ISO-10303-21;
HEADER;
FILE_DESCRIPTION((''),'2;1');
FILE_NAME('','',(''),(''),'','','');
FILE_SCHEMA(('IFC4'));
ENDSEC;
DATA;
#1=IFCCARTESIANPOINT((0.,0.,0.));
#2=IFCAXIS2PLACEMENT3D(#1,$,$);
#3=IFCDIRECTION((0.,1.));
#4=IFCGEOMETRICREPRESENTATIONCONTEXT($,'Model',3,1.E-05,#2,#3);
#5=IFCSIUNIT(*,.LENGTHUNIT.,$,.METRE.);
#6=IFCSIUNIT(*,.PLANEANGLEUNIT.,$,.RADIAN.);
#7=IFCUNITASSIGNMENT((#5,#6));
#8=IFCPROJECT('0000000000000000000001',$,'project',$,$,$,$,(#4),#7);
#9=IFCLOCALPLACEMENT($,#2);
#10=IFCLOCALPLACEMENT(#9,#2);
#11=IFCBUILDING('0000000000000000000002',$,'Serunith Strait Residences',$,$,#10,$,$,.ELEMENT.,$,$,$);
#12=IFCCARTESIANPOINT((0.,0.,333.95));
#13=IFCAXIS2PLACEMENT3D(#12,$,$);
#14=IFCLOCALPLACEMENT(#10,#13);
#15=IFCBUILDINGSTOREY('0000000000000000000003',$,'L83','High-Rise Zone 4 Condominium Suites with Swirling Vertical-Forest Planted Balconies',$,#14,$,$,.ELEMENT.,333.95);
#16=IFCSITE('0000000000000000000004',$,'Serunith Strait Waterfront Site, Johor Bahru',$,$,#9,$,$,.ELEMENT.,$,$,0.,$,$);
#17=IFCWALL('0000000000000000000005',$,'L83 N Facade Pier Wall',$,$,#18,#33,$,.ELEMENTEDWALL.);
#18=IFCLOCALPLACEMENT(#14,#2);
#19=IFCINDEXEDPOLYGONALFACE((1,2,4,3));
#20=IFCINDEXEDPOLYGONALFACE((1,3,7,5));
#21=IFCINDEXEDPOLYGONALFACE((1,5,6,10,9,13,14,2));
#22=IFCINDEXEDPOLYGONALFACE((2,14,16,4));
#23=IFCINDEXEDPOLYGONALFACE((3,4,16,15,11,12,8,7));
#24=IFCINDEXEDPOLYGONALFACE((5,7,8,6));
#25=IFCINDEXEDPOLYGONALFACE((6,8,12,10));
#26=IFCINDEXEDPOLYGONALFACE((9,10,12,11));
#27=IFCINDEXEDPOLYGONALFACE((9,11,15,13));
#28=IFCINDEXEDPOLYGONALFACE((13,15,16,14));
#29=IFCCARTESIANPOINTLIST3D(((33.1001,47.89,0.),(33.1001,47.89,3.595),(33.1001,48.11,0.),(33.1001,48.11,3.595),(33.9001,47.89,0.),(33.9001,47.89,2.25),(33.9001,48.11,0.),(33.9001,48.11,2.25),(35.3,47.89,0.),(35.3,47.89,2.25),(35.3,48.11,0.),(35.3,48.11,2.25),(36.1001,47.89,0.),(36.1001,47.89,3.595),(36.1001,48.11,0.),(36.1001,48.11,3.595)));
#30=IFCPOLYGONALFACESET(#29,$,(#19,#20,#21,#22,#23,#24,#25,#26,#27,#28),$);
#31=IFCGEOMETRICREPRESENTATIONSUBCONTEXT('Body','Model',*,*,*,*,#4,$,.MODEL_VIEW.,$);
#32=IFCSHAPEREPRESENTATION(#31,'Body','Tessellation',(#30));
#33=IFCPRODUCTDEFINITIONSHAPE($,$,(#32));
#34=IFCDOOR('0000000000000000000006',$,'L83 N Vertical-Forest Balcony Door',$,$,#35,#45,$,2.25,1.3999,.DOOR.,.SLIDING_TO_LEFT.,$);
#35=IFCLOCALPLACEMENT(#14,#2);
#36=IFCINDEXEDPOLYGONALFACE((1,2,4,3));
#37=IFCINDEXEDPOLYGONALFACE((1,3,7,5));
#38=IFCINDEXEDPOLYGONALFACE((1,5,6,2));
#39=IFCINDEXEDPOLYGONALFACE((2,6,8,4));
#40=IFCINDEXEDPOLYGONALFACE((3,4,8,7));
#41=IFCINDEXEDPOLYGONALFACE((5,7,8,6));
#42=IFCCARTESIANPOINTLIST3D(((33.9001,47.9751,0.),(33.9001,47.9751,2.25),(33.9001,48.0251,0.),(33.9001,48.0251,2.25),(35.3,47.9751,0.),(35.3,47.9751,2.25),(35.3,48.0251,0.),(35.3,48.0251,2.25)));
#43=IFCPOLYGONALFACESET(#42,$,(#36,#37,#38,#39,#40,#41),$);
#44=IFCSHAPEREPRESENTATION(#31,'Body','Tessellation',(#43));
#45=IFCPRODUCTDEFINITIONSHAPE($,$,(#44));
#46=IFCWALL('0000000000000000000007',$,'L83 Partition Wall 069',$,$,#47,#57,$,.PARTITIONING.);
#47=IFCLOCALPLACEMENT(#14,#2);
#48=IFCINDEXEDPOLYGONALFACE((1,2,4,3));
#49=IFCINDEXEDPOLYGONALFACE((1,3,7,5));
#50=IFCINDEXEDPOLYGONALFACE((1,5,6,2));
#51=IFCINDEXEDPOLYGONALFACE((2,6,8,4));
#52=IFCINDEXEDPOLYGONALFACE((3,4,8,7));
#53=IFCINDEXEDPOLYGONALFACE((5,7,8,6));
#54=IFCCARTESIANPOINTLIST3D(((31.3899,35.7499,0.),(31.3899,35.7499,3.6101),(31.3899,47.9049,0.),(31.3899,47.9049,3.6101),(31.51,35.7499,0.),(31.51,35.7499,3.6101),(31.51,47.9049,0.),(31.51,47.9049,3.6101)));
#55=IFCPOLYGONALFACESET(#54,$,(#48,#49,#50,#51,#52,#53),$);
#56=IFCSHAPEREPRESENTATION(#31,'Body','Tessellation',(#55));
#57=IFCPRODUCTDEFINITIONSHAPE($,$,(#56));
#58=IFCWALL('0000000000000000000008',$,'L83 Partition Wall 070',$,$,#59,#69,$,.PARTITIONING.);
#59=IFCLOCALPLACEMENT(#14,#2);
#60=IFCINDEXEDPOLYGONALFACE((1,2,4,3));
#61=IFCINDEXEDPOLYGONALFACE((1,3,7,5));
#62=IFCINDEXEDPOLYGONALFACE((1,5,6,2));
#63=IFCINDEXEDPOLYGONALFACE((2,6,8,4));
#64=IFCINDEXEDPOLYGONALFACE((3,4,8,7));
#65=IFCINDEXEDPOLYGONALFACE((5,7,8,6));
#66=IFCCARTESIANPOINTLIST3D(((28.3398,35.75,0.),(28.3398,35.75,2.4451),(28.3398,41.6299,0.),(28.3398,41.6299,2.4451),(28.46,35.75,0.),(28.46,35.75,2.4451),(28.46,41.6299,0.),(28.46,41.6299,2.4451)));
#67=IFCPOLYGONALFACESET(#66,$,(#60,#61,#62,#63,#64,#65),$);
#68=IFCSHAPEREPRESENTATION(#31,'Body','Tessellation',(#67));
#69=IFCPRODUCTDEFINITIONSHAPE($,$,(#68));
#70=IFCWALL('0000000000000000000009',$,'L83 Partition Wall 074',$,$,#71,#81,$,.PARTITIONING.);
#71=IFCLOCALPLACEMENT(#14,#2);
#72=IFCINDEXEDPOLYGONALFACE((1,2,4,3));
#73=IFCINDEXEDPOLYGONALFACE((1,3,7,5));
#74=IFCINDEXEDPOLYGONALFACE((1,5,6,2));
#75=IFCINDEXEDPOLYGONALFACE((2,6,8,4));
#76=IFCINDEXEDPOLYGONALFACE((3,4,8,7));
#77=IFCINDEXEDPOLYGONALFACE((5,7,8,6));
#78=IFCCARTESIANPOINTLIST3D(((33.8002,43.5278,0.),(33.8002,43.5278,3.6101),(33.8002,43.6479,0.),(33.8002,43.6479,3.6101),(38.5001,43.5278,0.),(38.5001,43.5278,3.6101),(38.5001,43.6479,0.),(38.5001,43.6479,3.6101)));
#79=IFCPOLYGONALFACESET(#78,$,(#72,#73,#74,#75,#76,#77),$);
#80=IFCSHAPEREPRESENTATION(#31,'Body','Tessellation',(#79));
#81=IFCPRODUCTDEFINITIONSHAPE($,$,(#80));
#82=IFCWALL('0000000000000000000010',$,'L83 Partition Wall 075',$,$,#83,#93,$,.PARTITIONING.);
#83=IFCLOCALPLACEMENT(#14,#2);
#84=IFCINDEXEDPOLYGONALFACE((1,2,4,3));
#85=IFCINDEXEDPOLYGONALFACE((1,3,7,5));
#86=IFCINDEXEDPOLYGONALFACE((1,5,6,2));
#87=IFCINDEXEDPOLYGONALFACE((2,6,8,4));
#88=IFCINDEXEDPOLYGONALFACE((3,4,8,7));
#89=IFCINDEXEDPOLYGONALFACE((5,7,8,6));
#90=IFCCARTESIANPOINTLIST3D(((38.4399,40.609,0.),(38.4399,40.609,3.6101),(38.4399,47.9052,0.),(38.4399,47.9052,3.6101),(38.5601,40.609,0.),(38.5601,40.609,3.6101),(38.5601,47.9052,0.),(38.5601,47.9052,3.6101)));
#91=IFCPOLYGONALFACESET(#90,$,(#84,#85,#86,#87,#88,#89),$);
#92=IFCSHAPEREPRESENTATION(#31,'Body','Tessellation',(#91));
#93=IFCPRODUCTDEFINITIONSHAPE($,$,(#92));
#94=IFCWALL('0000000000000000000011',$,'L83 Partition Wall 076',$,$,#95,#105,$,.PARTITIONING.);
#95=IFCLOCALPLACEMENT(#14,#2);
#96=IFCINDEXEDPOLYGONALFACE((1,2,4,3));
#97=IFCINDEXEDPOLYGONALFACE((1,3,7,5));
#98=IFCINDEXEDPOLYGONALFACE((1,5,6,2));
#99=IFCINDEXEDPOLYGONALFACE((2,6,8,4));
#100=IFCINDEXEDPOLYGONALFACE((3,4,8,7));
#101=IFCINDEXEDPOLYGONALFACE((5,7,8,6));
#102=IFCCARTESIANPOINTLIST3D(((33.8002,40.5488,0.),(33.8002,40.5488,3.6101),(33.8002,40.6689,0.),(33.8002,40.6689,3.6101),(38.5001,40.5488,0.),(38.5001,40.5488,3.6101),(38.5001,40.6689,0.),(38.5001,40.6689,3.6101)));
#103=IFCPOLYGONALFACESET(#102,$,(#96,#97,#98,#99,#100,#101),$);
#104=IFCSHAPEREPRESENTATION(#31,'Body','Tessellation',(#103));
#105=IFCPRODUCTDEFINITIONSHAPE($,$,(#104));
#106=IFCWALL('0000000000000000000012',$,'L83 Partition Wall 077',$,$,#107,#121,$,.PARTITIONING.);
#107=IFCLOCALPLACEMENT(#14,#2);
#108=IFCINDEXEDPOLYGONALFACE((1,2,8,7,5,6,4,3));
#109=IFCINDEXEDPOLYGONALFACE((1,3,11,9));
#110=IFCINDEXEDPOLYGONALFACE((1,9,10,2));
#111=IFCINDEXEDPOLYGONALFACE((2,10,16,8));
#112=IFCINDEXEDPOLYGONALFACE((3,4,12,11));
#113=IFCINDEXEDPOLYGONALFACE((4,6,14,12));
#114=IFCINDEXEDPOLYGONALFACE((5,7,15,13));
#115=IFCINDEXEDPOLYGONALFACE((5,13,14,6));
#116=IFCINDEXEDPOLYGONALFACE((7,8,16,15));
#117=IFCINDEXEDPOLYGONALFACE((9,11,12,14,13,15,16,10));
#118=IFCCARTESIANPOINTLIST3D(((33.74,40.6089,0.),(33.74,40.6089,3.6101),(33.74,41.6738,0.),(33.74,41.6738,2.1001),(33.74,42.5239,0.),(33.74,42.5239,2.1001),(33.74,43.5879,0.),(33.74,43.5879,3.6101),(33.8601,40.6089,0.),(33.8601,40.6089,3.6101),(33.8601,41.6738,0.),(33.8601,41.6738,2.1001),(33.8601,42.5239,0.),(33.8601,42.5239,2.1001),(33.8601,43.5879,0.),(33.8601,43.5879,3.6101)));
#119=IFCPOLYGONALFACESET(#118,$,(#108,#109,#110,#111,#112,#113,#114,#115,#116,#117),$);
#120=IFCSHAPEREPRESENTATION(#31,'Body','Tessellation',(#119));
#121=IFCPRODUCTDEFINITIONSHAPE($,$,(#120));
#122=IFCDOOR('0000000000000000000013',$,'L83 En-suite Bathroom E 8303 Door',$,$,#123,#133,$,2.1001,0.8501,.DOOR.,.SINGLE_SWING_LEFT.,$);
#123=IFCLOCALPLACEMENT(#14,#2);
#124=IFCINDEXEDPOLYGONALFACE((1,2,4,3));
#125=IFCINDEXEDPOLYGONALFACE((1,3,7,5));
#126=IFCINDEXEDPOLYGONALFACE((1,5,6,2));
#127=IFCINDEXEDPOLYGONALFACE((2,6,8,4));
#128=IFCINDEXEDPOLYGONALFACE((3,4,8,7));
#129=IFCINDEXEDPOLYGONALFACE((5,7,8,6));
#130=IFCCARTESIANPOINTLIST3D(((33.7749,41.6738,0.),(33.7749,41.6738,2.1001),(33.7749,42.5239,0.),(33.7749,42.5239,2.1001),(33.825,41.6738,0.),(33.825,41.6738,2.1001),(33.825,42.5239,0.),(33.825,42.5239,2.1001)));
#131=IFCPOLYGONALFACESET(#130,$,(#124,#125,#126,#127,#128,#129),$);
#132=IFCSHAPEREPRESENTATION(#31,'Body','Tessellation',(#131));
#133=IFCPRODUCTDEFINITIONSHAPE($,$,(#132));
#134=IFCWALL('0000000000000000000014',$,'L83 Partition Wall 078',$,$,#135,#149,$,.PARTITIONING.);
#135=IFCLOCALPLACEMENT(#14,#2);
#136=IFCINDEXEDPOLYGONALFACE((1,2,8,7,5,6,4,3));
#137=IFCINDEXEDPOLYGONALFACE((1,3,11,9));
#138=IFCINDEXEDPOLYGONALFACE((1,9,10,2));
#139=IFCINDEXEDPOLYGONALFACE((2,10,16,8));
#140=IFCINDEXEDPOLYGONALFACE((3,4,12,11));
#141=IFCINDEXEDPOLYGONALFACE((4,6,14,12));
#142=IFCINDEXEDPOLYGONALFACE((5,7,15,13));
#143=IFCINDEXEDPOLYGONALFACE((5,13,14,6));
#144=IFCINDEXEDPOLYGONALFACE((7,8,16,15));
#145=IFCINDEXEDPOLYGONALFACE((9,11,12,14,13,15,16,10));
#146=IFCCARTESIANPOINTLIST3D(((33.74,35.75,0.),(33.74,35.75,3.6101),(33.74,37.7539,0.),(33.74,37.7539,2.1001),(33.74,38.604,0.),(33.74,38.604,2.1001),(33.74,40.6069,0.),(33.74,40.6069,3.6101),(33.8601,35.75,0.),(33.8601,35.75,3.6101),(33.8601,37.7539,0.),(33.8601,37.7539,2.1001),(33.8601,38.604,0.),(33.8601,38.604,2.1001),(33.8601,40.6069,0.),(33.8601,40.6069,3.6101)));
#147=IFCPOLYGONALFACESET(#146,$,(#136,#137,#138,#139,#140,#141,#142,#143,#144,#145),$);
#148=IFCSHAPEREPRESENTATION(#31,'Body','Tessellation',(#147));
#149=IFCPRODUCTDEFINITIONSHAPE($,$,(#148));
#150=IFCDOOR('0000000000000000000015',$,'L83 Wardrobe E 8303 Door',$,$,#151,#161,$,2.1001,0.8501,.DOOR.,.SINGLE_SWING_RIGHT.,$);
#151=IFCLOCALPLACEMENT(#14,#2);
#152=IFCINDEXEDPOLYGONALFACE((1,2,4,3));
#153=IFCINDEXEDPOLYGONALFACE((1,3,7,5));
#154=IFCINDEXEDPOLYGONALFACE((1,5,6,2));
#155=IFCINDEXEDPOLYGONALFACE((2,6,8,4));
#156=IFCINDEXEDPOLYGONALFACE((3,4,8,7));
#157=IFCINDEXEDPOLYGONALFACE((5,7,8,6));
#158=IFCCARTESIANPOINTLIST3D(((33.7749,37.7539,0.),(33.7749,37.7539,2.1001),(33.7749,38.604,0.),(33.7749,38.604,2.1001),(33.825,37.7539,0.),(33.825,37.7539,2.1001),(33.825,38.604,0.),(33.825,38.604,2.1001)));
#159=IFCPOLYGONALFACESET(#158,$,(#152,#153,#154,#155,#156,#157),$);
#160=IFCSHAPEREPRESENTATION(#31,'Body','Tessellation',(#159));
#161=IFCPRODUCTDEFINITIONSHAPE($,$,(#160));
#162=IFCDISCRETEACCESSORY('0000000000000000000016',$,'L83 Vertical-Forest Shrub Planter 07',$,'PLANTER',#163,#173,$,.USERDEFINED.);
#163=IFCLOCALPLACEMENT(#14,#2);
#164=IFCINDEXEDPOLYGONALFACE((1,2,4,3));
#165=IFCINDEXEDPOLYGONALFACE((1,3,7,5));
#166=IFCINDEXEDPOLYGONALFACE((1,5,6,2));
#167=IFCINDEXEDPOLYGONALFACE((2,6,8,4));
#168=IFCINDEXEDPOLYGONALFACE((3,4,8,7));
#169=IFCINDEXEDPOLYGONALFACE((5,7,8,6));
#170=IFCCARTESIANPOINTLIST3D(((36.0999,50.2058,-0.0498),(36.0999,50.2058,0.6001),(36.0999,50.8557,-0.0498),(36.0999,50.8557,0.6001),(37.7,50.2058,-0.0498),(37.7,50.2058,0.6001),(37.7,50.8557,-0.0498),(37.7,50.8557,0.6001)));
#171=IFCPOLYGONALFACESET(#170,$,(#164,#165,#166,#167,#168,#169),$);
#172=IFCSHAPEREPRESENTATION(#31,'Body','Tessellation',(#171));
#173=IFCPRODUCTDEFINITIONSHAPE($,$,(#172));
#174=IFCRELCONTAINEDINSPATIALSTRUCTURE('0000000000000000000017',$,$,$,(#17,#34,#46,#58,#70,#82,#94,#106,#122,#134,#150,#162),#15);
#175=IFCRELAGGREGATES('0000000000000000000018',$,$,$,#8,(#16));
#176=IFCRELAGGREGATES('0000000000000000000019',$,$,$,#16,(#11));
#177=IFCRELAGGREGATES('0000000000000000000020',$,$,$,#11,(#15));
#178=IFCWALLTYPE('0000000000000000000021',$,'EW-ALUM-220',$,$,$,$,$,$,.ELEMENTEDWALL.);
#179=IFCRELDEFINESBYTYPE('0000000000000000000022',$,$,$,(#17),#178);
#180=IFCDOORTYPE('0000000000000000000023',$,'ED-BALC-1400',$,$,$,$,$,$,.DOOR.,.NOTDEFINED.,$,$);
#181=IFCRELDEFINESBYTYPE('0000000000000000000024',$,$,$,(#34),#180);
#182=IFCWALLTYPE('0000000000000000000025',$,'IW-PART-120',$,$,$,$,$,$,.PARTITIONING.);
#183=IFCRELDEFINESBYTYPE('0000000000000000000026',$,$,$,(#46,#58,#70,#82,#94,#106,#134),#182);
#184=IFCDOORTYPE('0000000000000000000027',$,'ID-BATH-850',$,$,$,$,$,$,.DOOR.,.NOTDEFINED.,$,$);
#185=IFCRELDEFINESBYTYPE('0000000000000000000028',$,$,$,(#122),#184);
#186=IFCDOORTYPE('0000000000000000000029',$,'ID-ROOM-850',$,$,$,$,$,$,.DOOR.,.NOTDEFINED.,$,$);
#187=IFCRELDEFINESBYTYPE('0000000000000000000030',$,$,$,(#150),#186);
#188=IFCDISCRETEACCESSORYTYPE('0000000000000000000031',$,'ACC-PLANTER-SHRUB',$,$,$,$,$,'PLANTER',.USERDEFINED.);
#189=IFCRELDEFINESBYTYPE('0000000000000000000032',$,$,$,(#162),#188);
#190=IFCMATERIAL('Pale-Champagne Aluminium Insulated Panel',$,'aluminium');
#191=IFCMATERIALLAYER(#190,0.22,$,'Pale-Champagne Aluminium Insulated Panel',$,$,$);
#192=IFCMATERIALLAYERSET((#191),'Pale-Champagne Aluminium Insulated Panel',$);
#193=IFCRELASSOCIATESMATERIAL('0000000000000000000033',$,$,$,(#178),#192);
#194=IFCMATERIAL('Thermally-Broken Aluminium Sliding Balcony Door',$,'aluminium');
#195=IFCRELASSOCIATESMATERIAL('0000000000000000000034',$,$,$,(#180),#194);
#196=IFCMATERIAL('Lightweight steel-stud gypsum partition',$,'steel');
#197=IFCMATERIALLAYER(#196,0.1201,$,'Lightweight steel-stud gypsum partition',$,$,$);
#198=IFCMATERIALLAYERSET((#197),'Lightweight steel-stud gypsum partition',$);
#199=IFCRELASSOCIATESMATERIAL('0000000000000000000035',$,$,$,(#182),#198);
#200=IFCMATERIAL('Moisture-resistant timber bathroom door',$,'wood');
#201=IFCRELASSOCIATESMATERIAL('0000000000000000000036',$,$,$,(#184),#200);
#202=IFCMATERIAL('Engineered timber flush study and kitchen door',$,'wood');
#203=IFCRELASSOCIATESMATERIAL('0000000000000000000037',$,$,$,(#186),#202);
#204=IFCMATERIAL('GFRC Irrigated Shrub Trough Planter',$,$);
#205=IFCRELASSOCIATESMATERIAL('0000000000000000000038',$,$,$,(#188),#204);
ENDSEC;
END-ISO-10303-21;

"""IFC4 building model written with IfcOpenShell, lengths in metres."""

from ifc_helpers import new_model, si_unit, direction, frame, frame_2d, origin, origin_2d, place, context, subcontext, project, spatial, rectangle, extrude, source, transform, mapped, material, layer, layer_set, type_object, element, fill, save


model = new_model("IFC4")

# Units and contexts
model_context = context("Model", 3, precision=1e-05, world=origin(), true_north=direction((0.0, 1.0)))
body_context = subcontext(model_context, "Body", "Model", "MODEL_VIEW")
ifc_project = project(units=[si_unit("LENGTHUNIT", "METRE"), si_unit("PLANEANGLEUNIT", "RADIAN")], contexts=[model_context])

# Site, building, storey
site_placement = place(None, origin())
site = spatial("IfcSite", under=ifc_project, at=site_placement, Name="Serunith Strait Waterfront Site, Johor Bahru", CompositionType="ELEMENT", RefElevation=0.0)
building_placement = place(site_placement, origin())
building = spatial("IfcBuilding", under=site, at=building_placement, Name="Serunith Strait Residences", CompositionType="ELEMENT")
storey_placement = place(building_placement, frame((0.0, 0.0, 333.95)))
storey = spatial("IfcBuildingStorey", under=building, at=storey_placement, Name="L83", Description="High-Rise Zone 4 Condominium Suites with Swirling Vertical-Forest Planted Balconies", CompositionType="ELEMENT", Elevation=333.95)

# Wall, opening, door
ifc_material_1 = material(Name="Pale-Champagne Aluminium Insulated Panel", Category="aluminium")
ifc_layer_1 = layer(ifc_material_1, 0.22, Name="Pale-Champagne Aluminium Insulated Panel")
ifc_layer_set_1 = layer_set([ifc_layer_1], Name="Pale-Champagne Aluminium Insulated Panel")
wall_type_1 = type_object("IfcWallType", Name="EW-ALUM-220", PredefinedType="ELEMENTEDWALL", material=ifc_layer_set_1)
wall_1_placement = place(storey_placement, frame((36.1001, 48.0, 0.0), z_axis=(0.0, 0.0, 1.0), x_axis=(-1.0, 0.0, 0.0)))
wall_1 = element("IfcWall", 1, at=wall_1_placement, inside=storey, type_object=wall_type_1, Name="L83 N Facade Pier Wall", PredefinedType="ELEMENTEDWALL", context=body_context, shape_type="SweptSolid", body=[
    extrude(rectangle(XDim=3.0, YDim=0.22, at=frame_2d((1.5, 0.0))), origin(), (0.0, 0.0, 1.0), 3.595),
])
opening_1_placement = place(wall_1_placement, frame((0.8, 0.0, 0.0)))
opening_1 = element("IfcOpeningElement", 2, at=opening_1_placement, cuts=wall_1, PredefinedType="OPENING", context=body_context, shape_type="SweptSolid", body=[
    extrude(rectangle(XDim=1.3999, YDim=2.25, at=frame_2d((0.7, 1.125))), frame((0.0, 0.1201, 0.0), z_axis=(0.0, -1.0, 0.0), x_axis=(1.0, 0.0, 0.0)), (0.0, 0.0, 1.0), 0.24),
])
ifc_material_2 = material(Name="Thermally-Broken Aluminium Sliding Balcony Door", Category="aluminium")
door_type_1 = type_object("IfcDoorType", Name="ED-BALC-1400", OperationType="NOTDEFINED", PredefinedType="DOOR", material=ifc_material_2)
shared_shape_1 = source(origin(), body_context, "Body", "SweptSolid", [
    extrude(rectangle(XDim=1.3999, YDim=2.25, at=frame_2d((0.7, 1.125))), frame((0.0, 0.0249, 0.0), z_axis=(0.0, -1.0, 0.0), x_axis=(1.0, 0.0, 0.0)), (0.0, 0.0, 1.0), 0.05),
])
door_1_placement = place(opening_1_placement, origin())
door_1 = element("IfcDoor", 3, at=door_1_placement, inside=storey, type_object=door_type_1, Name="L83 N Vertical-Forest Balcony Door", OperationType="SLIDING_TO_LEFT", OverallHeight=2.25, OverallWidth=1.3999, PredefinedType="DOOR", context=body_context, shape_type="MappedRepresentation", body=[
    mapped(shared_shape_1, transform((0.0, 0.0, 0.0), scale=1.0)),
])
fill(opening_1, door_1)

# Walls
ifc_material_3 = material(Name="Lightweight steel-stud gypsum partition", Category="steel")
ifc_layer_2 = layer(ifc_material_3, 0.1201, Name="Lightweight steel-stud gypsum partition")
ifc_layer_set_2 = layer_set([ifc_layer_2], Name="Lightweight steel-stud gypsum partition")
wall_type_2 = type_object("IfcWallType", Name="IW-PART-120", PredefinedType="PARTITIONING", material=ifc_layer_set_2)
wall_2_placement = place(storey_placement, frame((31.45, 47.905, 0.0), z_axis=(0.0, 0.0, 1.0), x_axis=(0.0, -1.0, 0.0)))
element("IfcWall", 4, at=wall_2_placement, inside=storey, type_object=wall_type_2, Name="L83 Partition Wall 069", PredefinedType="PARTITIONING", context=body_context, shape_type="SweptSolid", body=[
    extrude(rectangle(XDim=12.155, YDim=0.1201, at=frame_2d((6.0776, 0.0))), origin(), (0.0, 0.0, 1.0), 3.6101),
])
wall_3_placement = place(storey_placement, frame((28.3999, 41.6299, 0.0), z_axis=(0.0, 0.0, 1.0), x_axis=(0.0, -1.0, 0.0)))
element("IfcWall", 5, at=wall_3_placement, inside=storey, type_object=wall_type_2, Name="L83 Partition Wall 070", PredefinedType="PARTITIONING", context=body_context, shape_type="SweptSolid", body=[
    extrude(rectangle(XDim=5.8799, YDim=0.1201, at=frame_2d((2.9399, 0.0))), origin(), (0.0, 0.0, 1.0), 2.4451),
])
wall_4_placement = place(storey_placement, frame((33.8, 43.5879, 0.0), z_axis=(0.0, 0.0, 1.0), x_axis=(1.0, 0.0, 0.0)))
element("IfcWall", 6, at=wall_4_placement, inside=storey, type_object=wall_type_2, Name="L83 Partition Wall 074", PredefinedType="PARTITIONING", context=body_context, shape_type="SweptSolid", body=[
    extrude(rectangle(XDim=4.7, YDim=0.1201, at=frame_2d((2.3501, 0.0))), origin(), (0.0, 0.0, 1.0), 3.6101),
])
wall_5_placement = place(storey_placement, frame((38.5, 47.905, 0.0), z_axis=(0.0, 0.0, 1.0), x_axis=(0.0, -1.0, 0.0)))
element("IfcWall", 7, at=wall_5_placement, inside=storey, type_object=wall_type_2, Name="L83 Partition Wall 075", PredefinedType="PARTITIONING", context=body_context, shape_type="SweptSolid", body=[
    extrude(rectangle(XDim=7.2961, YDim=0.1201, at=frame_2d((3.6479, 0.0))), origin(), (0.0, 0.0, 1.0), 3.6101),
])
wall_6_placement = place(storey_placement, frame((33.8, 40.6089, 0.0), z_axis=(0.0, 0.0, 1.0), x_axis=(1.0, 0.0, 0.0)))
element("IfcWall", 8, at=wall_6_placement, inside=storey, type_object=wall_type_2, Name="L83 Partition Wall 076", PredefinedType="PARTITIONING", context=body_context, shape_type="SweptSolid", body=[
    extrude(rectangle(XDim=4.7, YDim=0.1201, at=frame_2d((2.3501, 0.0))), origin(), (0.0, 0.0, 1.0), 3.6101),
])

# Walls, openings, doors
wall_7_placement = place(storey_placement, frame((33.8, 43.5879, 0.0), z_axis=(0.0, 0.0, 1.0), x_axis=(0.0, -1.0, 0.0)))
wall_7 = element("IfcWall", 9, at=wall_7_placement, inside=storey, type_object=wall_type_2, Name="L83 Partition Wall 077", PredefinedType="PARTITIONING", context=body_context, shape_type="SweptSolid", body=[
    extrude(rectangle(XDim=2.979, YDim=0.1201, at=frame_2d((1.4895, 0.0))), origin(), (0.0, 0.0, 1.0), 3.6101),
])
opening_2_placement = place(wall_7_placement, frame((1.064, 0.0, 0.0)))
opening_2 = element("IfcOpeningElement", 10, at=opening_2_placement, cuts=wall_7, PredefinedType="OPENING", context=body_context, shape_type="SweptSolid", body=[
    extrude(rectangle(XDim=0.8501, YDim=2.1001, at=frame_2d((0.425, 1.05))), frame((0.0, 0.0701, 0.0), z_axis=(0.0, -1.0, 0.0), x_axis=(1.0, 0.0, 0.0)), (0.0, 0.0, 1.0), 0.1401),
])
ifc_material_4 = material(Name="Moisture-resistant timber bathroom door", Category="wood")
door_type_2 = type_object("IfcDoorType", Name="ID-BATH-850", OperationType="NOTDEFINED", PredefinedType="DOOR", material=ifc_material_4)
shared_shape_2 = source(origin(), body_context, "Body", "SweptSolid", [
    extrude(rectangle(XDim=0.8501, YDim=2.1001, at=frame_2d((0.425, 1.05))), frame((0.0, 0.0249, 0.0), z_axis=(0.0, -1.0, 0.0), x_axis=(1.0, 0.0, 0.0)), (0.0, 0.0, 1.0), 0.05),
])
door_2_placement = place(opening_2_placement, origin())
door_2 = element("IfcDoor", 11, at=door_2_placement, inside=storey, type_object=door_type_2, Name="L83 En-suite Bathroom E 8303 Door", OperationType="SINGLE_SWING_LEFT", OverallHeight=2.1001, OverallWidth=0.8501, PredefinedType="DOOR", context=body_context, shape_type="MappedRepresentation", body=[
    mapped(shared_shape_2, transform((0.0, 0.0, 0.0), scale=1.0)),
])
fill(opening_2, door_2)
wall_8_placement = place(storey_placement, frame((33.8, 40.6069, 0.0), z_axis=(0.0, 0.0, 1.0), x_axis=(0.0, -1.0, 0.0)))
wall_8 = element("IfcWall", 12, at=wall_8_placement, inside=storey, type_object=wall_type_2, Name="L83 Partition Wall 078", PredefinedType="PARTITIONING", context=body_context, shape_type="SweptSolid", body=[
    extrude(rectangle(XDim=4.8569, YDim=0.1201, at=frame_2d((2.4285, 0.0))), origin(), (0.0, 0.0, 1.0), 3.6101),
])
opening_3_placement = place(wall_8_placement, frame((2.0029, 0.0, 0.0)))
opening_3 = element("IfcOpeningElement", 13, at=opening_3_placement, cuts=wall_8, PredefinedType="OPENING", context=body_context, shape_type="SweptSolid", body=[
    extrude(rectangle(XDim=0.8501, YDim=2.1001, at=frame_2d((0.425, 1.05))), frame((0.0, 0.0701, 0.0), z_axis=(0.0, -1.0, 0.0), x_axis=(1.0, 0.0, 0.0)), (0.0, 0.0, 1.0), 0.1401),
])
ifc_material_5 = material(Name="Engineered timber flush study and kitchen door", Category="wood")
door_type_3 = type_object("IfcDoorType", Name="ID-ROOM-850", OperationType="NOTDEFINED", PredefinedType="DOOR", material=ifc_material_5)
door_3_placement = place(opening_3_placement, origin())
door_3 = element("IfcDoor", 14, at=door_3_placement, inside=storey, type_object=door_type_3, Name="L83 Wardrobe E 8303 Door", OperationType="SINGLE_SWING_RIGHT", OverallHeight=2.1001, OverallWidth=0.8501, PredefinedType="DOOR", context=body_context, shape_type="MappedRepresentation", body=[
    mapped(shared_shape_2, transform((0.0, 0.0, 0.0), scale=1.0)),
])
fill(opening_3, door_3)

# Discrete accessory
ifc_material_6 = material(Name="GFRC Irrigated Shrub Trough Planter")
discrete_accessory_type = type_object("IfcDiscreteAccessoryType", Name="ACC-PLANTER-SHRUB", ElementType="PLANTER", PredefinedType="USERDEFINED", material=ifc_material_6)
shared_shape_3 = source(origin(), body_context, "Body", "SweptSolid", [
    extrude(rectangle(XDim=1.6001, YDim=0.6499, at=origin_2d()), origin(), (0.0, 0.0, 1.0), 0.6499),
])
discrete_accessory_placement = place(storey_placement, frame((36.8999, 50.5308, -0.0498), z_axis=(0.0, 0.0, 1.0), x_axis=(-1.0, 0.0, 0.0)))
element("IfcDiscreteAccessory", 15, at=discrete_accessory_placement, inside=storey, type_object=discrete_accessory_type, Name="L83 Vertical-Forest Shrub Planter 07", ObjectType="PLANTER", PredefinedType="USERDEFINED", context=body_context, shape_type="MappedRepresentation", body=[
    mapped(shared_shape_3, transform((0.0, 0.0, 0.0), scale=1.0)),
])

save(model, "model.ifc")
